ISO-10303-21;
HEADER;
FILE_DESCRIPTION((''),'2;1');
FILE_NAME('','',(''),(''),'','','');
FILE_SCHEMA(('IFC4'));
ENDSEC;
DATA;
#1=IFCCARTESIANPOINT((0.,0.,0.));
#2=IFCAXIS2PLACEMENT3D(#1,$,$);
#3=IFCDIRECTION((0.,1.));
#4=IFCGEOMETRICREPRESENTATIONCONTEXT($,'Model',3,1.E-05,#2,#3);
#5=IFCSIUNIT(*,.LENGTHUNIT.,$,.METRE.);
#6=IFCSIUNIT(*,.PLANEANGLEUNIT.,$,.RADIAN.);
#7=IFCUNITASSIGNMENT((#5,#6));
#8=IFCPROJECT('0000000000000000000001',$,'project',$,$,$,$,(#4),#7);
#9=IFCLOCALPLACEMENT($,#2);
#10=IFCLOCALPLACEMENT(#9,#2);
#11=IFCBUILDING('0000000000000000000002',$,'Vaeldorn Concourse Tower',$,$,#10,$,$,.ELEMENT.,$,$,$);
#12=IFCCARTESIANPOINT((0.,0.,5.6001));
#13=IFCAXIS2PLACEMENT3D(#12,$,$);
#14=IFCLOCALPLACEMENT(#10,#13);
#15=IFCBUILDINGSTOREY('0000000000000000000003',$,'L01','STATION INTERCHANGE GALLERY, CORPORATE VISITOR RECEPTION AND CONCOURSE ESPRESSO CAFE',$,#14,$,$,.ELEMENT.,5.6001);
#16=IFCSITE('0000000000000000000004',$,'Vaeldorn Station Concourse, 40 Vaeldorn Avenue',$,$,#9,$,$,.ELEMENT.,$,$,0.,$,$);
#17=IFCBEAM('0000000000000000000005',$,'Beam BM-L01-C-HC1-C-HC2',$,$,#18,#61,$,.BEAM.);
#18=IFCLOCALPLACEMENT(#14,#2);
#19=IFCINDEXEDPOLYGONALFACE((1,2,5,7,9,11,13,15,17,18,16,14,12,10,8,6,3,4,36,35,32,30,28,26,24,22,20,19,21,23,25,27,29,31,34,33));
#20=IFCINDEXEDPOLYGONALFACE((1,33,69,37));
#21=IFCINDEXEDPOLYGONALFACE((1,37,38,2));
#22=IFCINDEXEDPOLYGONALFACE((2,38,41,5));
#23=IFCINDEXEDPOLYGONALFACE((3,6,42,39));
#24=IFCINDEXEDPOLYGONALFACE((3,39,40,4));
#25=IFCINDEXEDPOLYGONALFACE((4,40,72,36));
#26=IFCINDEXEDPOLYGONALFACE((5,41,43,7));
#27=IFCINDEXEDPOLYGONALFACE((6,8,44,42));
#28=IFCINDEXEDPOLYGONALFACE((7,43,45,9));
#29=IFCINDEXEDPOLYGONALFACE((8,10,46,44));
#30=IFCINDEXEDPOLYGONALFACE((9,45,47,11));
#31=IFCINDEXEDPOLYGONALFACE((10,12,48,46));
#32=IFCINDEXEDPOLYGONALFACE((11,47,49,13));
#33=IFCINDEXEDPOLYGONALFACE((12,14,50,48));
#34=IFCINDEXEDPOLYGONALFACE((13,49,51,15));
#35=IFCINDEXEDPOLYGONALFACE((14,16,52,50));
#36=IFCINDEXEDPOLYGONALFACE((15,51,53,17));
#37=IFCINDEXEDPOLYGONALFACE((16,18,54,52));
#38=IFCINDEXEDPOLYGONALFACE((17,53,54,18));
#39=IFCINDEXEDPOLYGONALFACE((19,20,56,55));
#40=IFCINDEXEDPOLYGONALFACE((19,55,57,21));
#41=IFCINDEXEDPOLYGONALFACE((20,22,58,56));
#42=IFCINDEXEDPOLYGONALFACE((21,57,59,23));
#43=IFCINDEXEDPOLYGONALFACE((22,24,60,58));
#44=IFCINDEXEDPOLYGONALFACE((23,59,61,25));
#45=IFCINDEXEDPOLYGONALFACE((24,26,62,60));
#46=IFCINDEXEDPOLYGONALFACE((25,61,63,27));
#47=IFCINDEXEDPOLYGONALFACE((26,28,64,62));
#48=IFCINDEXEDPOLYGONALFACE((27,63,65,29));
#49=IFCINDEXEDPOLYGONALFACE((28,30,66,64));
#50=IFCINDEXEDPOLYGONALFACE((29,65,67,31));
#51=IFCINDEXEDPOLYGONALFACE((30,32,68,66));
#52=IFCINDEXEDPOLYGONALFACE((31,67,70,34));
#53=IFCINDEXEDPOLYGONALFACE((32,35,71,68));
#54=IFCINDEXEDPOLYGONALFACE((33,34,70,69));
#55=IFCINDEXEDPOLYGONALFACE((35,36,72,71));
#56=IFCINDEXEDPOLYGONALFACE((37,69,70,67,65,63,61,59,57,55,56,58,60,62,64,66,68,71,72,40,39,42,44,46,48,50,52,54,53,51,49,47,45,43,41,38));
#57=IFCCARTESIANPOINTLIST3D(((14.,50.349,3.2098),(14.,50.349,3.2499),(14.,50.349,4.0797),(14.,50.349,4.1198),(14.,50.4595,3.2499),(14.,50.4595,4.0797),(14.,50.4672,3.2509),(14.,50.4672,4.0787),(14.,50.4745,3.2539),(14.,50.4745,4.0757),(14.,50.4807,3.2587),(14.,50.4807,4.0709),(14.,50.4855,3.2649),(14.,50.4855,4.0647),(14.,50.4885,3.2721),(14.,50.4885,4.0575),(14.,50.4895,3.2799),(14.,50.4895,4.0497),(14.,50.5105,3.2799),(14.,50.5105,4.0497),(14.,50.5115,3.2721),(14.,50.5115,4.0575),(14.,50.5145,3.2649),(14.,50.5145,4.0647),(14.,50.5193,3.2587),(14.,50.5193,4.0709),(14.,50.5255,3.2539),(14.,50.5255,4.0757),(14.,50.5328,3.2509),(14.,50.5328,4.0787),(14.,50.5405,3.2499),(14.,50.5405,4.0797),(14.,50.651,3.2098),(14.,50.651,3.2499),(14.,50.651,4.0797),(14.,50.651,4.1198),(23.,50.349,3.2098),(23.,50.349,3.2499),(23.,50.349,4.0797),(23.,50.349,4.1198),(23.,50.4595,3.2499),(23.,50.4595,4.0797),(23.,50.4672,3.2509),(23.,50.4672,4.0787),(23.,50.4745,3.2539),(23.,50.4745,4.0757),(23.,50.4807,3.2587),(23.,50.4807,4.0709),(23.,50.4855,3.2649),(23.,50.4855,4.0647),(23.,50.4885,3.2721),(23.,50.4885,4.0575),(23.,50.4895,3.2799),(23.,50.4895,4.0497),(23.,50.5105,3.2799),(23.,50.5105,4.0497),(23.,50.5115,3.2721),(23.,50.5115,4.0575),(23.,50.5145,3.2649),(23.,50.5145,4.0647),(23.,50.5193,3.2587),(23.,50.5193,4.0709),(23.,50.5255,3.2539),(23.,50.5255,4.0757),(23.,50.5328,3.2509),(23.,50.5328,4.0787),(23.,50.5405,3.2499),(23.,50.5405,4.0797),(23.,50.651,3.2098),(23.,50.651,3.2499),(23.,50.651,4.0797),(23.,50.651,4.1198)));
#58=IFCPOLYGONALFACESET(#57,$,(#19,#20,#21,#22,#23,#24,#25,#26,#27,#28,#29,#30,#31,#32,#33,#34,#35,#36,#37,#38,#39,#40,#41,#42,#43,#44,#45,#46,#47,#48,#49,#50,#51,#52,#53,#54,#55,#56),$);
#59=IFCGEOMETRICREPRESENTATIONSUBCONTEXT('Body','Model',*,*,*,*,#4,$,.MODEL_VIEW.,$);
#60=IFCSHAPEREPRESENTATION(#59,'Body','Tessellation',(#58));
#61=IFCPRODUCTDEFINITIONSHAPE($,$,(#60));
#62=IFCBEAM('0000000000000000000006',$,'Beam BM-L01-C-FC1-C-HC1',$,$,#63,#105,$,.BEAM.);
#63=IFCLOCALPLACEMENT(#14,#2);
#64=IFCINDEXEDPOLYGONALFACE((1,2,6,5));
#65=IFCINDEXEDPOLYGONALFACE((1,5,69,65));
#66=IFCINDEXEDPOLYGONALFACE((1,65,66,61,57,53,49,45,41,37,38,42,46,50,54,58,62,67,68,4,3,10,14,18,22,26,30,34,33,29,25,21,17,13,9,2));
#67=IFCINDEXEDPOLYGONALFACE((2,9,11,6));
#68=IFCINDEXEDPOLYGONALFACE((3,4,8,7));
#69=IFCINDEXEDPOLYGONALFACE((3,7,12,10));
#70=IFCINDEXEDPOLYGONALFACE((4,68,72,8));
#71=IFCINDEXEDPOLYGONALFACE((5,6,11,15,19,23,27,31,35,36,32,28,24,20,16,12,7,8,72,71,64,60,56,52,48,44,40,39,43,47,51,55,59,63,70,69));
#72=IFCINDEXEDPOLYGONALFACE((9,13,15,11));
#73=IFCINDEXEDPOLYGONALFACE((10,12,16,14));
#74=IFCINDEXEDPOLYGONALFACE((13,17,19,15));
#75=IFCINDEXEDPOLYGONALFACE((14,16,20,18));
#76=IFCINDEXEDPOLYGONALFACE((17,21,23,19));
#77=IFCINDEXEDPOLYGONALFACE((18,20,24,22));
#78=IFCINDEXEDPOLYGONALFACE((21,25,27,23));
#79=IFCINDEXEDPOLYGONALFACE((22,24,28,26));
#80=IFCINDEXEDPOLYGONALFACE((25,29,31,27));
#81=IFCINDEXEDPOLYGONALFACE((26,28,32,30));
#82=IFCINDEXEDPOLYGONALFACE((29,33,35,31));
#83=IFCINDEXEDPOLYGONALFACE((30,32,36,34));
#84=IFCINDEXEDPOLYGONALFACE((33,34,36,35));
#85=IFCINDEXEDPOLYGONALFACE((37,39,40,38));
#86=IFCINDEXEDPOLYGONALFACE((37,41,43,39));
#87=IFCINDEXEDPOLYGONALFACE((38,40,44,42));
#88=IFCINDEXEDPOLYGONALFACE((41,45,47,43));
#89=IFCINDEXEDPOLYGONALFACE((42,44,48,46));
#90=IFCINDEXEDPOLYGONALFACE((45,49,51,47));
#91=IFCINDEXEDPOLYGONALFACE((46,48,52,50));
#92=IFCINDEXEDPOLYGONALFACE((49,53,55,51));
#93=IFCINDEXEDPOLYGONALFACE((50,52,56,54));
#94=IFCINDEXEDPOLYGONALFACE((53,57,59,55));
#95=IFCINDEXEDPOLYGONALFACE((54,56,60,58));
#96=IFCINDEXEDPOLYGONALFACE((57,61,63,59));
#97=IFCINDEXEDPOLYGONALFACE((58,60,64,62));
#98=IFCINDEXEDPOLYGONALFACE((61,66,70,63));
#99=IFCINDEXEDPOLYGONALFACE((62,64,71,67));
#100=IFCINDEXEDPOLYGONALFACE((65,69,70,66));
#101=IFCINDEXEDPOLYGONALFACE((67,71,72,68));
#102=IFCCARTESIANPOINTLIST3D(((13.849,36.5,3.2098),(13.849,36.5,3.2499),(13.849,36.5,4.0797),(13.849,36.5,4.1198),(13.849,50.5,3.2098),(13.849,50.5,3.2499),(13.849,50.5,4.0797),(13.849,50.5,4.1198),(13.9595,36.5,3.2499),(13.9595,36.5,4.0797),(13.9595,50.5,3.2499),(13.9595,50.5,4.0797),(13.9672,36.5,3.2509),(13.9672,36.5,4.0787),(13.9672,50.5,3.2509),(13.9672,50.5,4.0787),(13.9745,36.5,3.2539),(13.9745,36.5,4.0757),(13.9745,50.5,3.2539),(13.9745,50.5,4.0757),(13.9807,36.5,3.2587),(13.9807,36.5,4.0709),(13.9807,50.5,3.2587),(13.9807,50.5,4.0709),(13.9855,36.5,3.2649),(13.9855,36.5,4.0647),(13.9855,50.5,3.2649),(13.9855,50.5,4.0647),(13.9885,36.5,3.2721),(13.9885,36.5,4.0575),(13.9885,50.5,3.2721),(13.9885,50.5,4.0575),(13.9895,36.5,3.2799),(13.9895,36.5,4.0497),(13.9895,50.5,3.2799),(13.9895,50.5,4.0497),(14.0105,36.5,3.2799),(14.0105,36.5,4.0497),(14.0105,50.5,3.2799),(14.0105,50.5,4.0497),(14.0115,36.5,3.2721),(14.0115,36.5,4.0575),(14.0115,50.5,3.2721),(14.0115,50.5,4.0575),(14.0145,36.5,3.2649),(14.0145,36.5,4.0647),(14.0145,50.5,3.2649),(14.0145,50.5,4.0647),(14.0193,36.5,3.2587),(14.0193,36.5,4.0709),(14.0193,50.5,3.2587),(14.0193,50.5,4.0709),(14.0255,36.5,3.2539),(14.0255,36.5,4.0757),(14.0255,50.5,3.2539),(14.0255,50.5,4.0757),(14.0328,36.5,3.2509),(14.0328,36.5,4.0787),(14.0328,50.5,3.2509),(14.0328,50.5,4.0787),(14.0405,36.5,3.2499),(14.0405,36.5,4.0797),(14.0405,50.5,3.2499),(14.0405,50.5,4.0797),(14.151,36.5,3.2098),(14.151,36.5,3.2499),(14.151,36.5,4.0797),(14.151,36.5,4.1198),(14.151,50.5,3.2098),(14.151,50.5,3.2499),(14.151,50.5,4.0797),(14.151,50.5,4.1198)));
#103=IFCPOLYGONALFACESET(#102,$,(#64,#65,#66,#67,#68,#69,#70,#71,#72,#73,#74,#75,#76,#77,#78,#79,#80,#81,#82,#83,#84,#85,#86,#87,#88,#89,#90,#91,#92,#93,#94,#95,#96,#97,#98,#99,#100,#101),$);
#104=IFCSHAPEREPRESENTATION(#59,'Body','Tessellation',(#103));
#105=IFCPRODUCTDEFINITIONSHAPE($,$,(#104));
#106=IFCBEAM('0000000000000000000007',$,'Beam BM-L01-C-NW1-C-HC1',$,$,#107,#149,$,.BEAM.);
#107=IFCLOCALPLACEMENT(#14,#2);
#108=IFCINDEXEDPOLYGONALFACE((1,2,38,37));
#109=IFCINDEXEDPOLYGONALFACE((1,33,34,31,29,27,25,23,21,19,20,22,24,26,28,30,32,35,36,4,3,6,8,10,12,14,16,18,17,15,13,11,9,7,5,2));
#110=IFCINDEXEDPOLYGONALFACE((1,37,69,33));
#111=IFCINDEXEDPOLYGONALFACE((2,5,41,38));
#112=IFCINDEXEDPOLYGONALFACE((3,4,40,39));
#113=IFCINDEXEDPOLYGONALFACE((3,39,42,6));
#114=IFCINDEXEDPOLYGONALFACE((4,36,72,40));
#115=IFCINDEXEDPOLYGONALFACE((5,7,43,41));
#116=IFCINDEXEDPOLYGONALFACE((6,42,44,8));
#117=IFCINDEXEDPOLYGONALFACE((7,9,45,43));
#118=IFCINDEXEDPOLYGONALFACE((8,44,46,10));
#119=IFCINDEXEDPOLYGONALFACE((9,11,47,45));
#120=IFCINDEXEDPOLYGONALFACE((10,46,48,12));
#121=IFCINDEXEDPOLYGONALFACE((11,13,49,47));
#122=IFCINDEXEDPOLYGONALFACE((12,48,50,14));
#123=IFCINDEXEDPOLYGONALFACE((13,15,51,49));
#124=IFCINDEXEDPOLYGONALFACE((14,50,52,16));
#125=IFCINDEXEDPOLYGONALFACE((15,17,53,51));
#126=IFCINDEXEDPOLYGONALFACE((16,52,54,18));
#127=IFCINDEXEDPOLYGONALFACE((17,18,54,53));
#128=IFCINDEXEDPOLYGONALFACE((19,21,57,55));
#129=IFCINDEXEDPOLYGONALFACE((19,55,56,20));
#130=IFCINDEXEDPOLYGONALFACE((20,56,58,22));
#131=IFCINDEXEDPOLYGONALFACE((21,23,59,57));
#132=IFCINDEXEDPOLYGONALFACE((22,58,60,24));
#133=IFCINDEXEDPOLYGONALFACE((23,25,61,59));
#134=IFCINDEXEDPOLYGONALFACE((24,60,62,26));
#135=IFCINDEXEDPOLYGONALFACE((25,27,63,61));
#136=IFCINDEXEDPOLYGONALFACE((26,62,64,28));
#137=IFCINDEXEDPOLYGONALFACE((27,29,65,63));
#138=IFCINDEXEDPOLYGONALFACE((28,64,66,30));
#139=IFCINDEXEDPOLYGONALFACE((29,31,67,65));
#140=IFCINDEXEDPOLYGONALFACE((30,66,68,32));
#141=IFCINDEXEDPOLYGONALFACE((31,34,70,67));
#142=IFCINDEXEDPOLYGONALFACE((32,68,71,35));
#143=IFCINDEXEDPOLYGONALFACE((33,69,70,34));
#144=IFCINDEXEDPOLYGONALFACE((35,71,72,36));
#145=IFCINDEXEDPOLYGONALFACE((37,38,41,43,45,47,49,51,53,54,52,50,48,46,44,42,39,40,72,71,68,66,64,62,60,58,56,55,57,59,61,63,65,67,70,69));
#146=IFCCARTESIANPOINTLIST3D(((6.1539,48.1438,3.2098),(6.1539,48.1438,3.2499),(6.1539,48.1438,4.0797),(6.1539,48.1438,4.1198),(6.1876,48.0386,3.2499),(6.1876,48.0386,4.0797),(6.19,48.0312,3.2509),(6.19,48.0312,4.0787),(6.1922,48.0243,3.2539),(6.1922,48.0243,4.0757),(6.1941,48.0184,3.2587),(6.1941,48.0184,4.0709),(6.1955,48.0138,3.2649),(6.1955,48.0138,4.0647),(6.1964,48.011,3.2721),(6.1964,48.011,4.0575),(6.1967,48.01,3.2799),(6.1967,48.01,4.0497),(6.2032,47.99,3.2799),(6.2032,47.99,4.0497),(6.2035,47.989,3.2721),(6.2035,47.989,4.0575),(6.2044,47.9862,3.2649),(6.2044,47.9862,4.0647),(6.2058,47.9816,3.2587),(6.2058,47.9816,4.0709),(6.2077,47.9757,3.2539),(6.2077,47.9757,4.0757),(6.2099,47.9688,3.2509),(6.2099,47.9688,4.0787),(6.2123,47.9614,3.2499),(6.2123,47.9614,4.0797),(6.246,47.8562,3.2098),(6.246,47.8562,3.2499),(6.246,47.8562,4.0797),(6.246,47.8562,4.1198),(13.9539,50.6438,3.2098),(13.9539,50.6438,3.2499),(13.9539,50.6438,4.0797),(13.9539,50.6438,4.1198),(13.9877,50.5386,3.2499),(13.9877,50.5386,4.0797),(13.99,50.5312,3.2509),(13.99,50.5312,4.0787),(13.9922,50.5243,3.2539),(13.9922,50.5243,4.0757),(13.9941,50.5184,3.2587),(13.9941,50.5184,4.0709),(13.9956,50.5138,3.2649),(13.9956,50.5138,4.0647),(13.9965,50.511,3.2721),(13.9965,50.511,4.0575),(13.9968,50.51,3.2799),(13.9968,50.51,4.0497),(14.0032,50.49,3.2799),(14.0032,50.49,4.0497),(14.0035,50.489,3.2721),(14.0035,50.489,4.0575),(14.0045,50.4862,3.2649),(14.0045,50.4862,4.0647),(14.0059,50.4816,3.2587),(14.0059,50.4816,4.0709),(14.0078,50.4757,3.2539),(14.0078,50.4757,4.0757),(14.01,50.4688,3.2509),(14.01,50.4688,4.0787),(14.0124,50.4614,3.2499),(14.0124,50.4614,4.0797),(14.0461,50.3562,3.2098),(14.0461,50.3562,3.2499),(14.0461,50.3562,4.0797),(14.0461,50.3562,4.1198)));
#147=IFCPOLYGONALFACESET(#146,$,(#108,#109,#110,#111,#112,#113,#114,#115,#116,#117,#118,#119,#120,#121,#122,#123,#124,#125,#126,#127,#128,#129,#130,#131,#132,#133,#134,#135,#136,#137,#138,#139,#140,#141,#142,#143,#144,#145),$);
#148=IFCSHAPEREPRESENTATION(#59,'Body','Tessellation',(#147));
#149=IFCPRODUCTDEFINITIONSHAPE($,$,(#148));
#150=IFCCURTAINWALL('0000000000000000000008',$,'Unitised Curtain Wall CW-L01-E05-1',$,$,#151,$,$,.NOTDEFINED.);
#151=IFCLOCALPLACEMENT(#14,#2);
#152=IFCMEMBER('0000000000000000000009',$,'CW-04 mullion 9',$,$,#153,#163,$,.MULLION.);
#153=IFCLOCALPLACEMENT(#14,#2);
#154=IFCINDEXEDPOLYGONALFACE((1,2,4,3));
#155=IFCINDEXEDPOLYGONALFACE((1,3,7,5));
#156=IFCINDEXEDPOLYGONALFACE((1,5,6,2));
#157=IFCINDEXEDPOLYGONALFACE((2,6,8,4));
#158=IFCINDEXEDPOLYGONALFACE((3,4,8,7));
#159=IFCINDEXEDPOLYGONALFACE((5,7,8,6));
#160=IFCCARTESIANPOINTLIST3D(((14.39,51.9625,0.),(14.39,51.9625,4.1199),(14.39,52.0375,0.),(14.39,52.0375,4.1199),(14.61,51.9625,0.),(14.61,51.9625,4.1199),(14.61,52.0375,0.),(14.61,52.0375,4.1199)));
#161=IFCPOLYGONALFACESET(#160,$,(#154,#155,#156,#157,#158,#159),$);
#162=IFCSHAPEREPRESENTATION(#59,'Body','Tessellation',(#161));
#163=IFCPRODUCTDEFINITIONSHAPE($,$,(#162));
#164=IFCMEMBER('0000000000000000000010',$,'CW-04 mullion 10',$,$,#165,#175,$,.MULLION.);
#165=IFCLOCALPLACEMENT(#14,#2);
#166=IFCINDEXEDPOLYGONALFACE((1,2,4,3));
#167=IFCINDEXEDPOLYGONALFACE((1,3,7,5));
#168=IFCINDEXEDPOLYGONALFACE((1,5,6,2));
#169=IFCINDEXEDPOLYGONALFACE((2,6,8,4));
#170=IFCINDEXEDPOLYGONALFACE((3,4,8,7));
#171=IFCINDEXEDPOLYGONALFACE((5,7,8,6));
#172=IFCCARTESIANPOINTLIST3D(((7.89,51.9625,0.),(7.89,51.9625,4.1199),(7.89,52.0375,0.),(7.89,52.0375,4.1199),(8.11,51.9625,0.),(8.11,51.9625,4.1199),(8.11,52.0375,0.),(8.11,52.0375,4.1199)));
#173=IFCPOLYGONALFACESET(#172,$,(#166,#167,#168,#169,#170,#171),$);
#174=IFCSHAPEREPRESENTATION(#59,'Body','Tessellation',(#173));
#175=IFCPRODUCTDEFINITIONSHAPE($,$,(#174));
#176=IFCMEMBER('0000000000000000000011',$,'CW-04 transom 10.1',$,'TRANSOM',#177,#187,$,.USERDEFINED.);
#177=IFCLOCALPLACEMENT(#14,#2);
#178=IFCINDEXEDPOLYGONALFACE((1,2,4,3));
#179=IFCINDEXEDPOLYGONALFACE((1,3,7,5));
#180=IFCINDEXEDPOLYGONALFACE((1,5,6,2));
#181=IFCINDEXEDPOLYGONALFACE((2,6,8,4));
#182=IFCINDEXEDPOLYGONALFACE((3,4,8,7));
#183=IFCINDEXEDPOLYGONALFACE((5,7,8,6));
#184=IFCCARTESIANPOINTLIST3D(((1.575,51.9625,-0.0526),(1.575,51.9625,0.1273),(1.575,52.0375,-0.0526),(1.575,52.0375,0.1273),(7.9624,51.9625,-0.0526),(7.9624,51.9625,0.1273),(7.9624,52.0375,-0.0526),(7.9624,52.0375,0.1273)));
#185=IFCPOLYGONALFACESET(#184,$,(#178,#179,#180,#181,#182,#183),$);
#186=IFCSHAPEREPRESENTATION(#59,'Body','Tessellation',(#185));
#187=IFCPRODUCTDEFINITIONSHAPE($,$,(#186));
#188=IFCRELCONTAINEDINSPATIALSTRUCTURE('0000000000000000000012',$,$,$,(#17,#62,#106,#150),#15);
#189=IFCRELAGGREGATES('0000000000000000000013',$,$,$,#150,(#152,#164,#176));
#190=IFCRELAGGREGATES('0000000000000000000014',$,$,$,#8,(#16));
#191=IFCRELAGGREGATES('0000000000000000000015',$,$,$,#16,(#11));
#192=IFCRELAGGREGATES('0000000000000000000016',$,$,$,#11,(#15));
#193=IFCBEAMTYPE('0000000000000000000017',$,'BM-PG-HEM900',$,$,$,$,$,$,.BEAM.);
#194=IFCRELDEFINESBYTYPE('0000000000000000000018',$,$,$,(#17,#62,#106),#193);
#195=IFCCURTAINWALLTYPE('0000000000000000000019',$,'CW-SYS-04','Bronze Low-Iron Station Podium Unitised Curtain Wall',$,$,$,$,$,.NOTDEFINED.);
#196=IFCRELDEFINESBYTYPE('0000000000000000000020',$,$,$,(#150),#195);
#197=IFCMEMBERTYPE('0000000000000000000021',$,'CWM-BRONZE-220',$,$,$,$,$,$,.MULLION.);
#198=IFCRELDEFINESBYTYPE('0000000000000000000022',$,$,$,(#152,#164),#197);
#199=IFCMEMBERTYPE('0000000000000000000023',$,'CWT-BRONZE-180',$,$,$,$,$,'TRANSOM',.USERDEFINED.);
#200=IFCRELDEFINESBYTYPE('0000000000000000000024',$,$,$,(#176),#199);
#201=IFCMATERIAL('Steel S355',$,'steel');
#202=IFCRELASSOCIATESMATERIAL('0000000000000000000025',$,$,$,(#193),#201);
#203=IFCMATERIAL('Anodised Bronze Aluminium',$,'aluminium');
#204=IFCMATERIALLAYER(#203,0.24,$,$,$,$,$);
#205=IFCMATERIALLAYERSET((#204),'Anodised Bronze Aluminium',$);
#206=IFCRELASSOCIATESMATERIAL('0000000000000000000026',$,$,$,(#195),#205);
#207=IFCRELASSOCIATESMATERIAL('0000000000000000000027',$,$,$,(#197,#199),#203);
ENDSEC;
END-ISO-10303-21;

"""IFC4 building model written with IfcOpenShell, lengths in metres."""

from ifc_helpers import new_model, si_unit, direction, frame, origin, origin_2d, place, context, subcontext, project, spatial, rectangle, i_section, extrude, source, transform, mapped, material, layer, layer_set, material_profile, profile_set, type_object, element, aggregate, save


model = new_model("IFC4")

# Units and contexts
model_context = context("Model", 3, precision=1e-05, world=origin(), true_north=direction((0.0, 1.0)))
body_context = subcontext(model_context, "Body", "Model", "MODEL_VIEW")
ifc_project = project(units=[si_unit("LENGTHUNIT", "METRE"), si_unit("PLANEANGLEUNIT", "RADIAN")], contexts=[model_context])

# Site, building, storey
site_placement = place(None, origin())
site = spatial("IfcSite", under=ifc_project, at=site_placement, Name="Vaeldorn Station Concourse, 40 Vaeldorn Avenue", CompositionType="ELEMENT", RefElevation=0.0)
building_placement = place(site_placement, origin())
building = spatial("IfcBuilding", under=site, at=building_placement, Name="Vaeldorn Concourse Tower", CompositionType="ELEMENT")
storey_placement = place(building_placement, frame((0.0, 0.0, 5.6001)))
storey = spatial("IfcBuildingStorey", under=building, at=storey_placement, Name="L01", Description="STATION INTERCHANGE GALLERY, CORPORATE VISITOR RECEPTION AND CONCOURSE ESPRESSO CAFE", CompositionType="ELEMENT", Elevation=5.6001)

# Beams
ifc_material_1 = material(Name="Steel S355", Category="steel")
ifc_material_profile_1 = material_profile(ifc_material_1, i_section(OverallWidth=0.302, OverallDepth=0.9099, WebThickness=0.021, FlangeThickness=0.04, FilletRadius=0.03, at=origin_2d()), Name="HEM 900")
ifc_profile_set_1 = profile_set([ifc_material_profile_1], Name="Steel S355")
beam_type_1 = type_object("IfcBeamType", Name="BM-PG-HEM900", PredefinedType="BEAM", material=ifc_profile_set_1)
shared_shape_1 = source(origin(), body_context, "Body", "SweptSolid", [
    extrude(i_section(OverallWidth=0.302, OverallDepth=0.9099, WebThickness=0.021, FlangeThickness=0.04, FilletRadius=0.03, at=origin_2d()), origin(), (0.0, 0.0, 1.0), 9.0),
])
beam_1_placement = place(storey_placement, frame((14.0, 50.5, 3.6648), z_axis=(1.0, 0.0, 0.0), x_axis=(0.0, 1.0, 0.0)))
element("IfcBeam", 1, at=beam_1_placement, inside=storey, type_object=beam_type_1, Name="Beam BM-L01-C-HC1-C-HC2", PredefinedType="BEAM", context=body_context, shape_type="MappedRepresentation", body=[
    mapped(shared_shape_1, transform((0.0, 0.0, 0.0), scale=1.0)),
])
shared_shape_2 = source(origin(), body_context, "Body", "SweptSolid", [
    extrude(i_section(OverallWidth=0.302, OverallDepth=0.9099, WebThickness=0.021, FlangeThickness=0.04, FilletRadius=0.03, at=origin_2d()), origin(), (0.0, 0.0, 1.0), 14.0),
])
beam_2_placement = place(storey_placement, frame((14.0, 36.5, 3.6648), z_axis=(0.0, 1.0, 0.0), x_axis=(-1.0, 0.0, 0.0)))
element("IfcBeam", 2, at=beam_2_placement, inside=storey, type_object=beam_type_1, Name="Beam BM-L01-C-FC1-C-HC1", PredefinedType="BEAM", context=body_context, shape_type="MappedRepresentation", body=[
    mapped(shared_shape_2, transform((0.0, 0.0, 0.0), scale=1.0)),
])
shared_shape_3 = source(origin(), body_context, "Body", "SweptSolid", [
    extrude(i_section(OverallWidth=0.302, OverallDepth=0.9099, WebThickness=0.021, FlangeThickness=0.04, FilletRadius=0.03, at=origin_2d()), origin(), (0.0, 0.0, 1.0), 8.1909),
])
beam_3_placement = place(storey_placement, frame((6.2, 48.0, 3.6648), z_axis=(0.952283, 0.305217, 0.0), x_axis=(-0.305217, 0.952283, 0.0)))
element("IfcBeam", 3, at=beam_3_placement, inside=storey, type_object=beam_type_1, Name="Beam BM-L01-C-NW1-C-HC1", PredefinedType="BEAM", context=body_context, shape_type="MappedRepresentation", body=[
    mapped(shared_shape_3, transform((0.0, 0.0, 0.0), scale=1.0)),
])

# Curtain wall, members
ifc_material_2 = material(Name="Anodised Bronze Aluminium", Category="aluminium")
ifc_layer_1 = layer(ifc_material_2, 0.24)
ifc_layer_set_1 = layer_set([ifc_layer_1], Name="Anodised Bronze Aluminium")
curtain_wall_type = type_object("IfcCurtainWallType", Name="CW-SYS-04", Description="Bronze Low-Iron Station Podium Unitised Curtain Wall", PredefinedType="NOTDEFINED", material=ifc_layer_set_1)
curtain_wall_placement = place(storey_placement, origin())
curtain_wall = element("IfcCurtainWall", 4, at=curtain_wall_placement, inside=storey, type_object=curtain_wall_type, Name="Unitised Curtain Wall CW-L01-E05-1", PredefinedType="NOTDEFINED")
ifc_material_profile_2 = material_profile(ifc_material_2, rectangle(XDim=0.075, YDim=0.22, at=origin_2d()), Name="CWM 75x220")
ifc_profile_set_2 = profile_set([ifc_material_profile_2], Name="Anodised Bronze Aluminium")
member_type_1 = type_object("IfcMemberType", Name="CWM-BRONZE-220", PredefinedType="MULLION", material=ifc_profile_set_2)
shared_shape_4 = source(origin(), body_context, "Body", "SweptSolid", [
    extrude(rectangle(XDim=0.075, YDim=0.22, at=origin_2d()), origin(), (0.0, 0.0, 1.0), 4.1199),
])
member_1_placement = place(storey_placement, frame((14.5, 52.0, 0.0), z_axis=(0.0, 0.0, 1.0), x_axis=(0.0, -1.0, 0.0)))
member_1 = element("IfcMember", 5, at=member_1_placement, type_object=member_type_1, Name="CW-04 mullion 9", PredefinedType="MULLION", context=body_context, shape_type="MappedRepresentation", body=[
    mapped(shared_shape_4, transform((0.0, 0.0, 0.0), scale=1.0)),
])
member_2_placement = place(storey_placement, frame((8.0, 52.0, 0.0), z_axis=(0.0, 0.0, 1.0), x_axis=(0.0, -1.0, 0.0)))
member_2 = element("IfcMember", 6, at=member_2_placement, type_object=member_type_1, Name="CW-04 mullion 10", PredefinedType="MULLION", context=body_context, shape_type="MappedRepresentation", body=[
    mapped(shared_shape_4, transform((0.0, 0.0, 0.0), scale=1.0)),
])
ifc_material_profile_3 = material_profile(ifc_material_2, rectangle(XDim=0.075, YDim=0.1799, at=origin_2d()), Name="CWT 75x180")
ifc_profile_set_3 = profile_set([ifc_material_profile_3], Name="Anodised Bronze Aluminium")
member_type_2 = type_object("IfcMemberType", Name="CWT-BRONZE-180", ElementType="TRANSOM", PredefinedType="USERDEFINED", material=ifc_profile_set_3)
shared_shape_5 = source(origin(), body_context, "Body", "SweptSolid", [
    extrude(rectangle(XDim=0.075, YDim=0.1799, at=origin_2d()), origin(), (0.0, 0.0, 1.0), 6.3875),
])
member_3_placement = place(storey_placement, frame((7.9624, 52.0, 0.0374), z_axis=(-1.0, 0.0, 0.0), x_axis=(0.0, -1.0, 0.0)))
member_3 = element("IfcMember", 7, at=member_3_placement, type_object=member_type_2, Name="CW-04 transom 10.1", ObjectType="TRANSOM", PredefinedType="USERDEFINED", context=body_context, shape_type="MappedRepresentation", body=[
    mapped(shared_shape_5, transform((0.0, 0.0, 0.0), scale=1.0)),
])
aggregate(curtain_wall, [member_1, member_2, member_3])

save(model, "model.ifc")
